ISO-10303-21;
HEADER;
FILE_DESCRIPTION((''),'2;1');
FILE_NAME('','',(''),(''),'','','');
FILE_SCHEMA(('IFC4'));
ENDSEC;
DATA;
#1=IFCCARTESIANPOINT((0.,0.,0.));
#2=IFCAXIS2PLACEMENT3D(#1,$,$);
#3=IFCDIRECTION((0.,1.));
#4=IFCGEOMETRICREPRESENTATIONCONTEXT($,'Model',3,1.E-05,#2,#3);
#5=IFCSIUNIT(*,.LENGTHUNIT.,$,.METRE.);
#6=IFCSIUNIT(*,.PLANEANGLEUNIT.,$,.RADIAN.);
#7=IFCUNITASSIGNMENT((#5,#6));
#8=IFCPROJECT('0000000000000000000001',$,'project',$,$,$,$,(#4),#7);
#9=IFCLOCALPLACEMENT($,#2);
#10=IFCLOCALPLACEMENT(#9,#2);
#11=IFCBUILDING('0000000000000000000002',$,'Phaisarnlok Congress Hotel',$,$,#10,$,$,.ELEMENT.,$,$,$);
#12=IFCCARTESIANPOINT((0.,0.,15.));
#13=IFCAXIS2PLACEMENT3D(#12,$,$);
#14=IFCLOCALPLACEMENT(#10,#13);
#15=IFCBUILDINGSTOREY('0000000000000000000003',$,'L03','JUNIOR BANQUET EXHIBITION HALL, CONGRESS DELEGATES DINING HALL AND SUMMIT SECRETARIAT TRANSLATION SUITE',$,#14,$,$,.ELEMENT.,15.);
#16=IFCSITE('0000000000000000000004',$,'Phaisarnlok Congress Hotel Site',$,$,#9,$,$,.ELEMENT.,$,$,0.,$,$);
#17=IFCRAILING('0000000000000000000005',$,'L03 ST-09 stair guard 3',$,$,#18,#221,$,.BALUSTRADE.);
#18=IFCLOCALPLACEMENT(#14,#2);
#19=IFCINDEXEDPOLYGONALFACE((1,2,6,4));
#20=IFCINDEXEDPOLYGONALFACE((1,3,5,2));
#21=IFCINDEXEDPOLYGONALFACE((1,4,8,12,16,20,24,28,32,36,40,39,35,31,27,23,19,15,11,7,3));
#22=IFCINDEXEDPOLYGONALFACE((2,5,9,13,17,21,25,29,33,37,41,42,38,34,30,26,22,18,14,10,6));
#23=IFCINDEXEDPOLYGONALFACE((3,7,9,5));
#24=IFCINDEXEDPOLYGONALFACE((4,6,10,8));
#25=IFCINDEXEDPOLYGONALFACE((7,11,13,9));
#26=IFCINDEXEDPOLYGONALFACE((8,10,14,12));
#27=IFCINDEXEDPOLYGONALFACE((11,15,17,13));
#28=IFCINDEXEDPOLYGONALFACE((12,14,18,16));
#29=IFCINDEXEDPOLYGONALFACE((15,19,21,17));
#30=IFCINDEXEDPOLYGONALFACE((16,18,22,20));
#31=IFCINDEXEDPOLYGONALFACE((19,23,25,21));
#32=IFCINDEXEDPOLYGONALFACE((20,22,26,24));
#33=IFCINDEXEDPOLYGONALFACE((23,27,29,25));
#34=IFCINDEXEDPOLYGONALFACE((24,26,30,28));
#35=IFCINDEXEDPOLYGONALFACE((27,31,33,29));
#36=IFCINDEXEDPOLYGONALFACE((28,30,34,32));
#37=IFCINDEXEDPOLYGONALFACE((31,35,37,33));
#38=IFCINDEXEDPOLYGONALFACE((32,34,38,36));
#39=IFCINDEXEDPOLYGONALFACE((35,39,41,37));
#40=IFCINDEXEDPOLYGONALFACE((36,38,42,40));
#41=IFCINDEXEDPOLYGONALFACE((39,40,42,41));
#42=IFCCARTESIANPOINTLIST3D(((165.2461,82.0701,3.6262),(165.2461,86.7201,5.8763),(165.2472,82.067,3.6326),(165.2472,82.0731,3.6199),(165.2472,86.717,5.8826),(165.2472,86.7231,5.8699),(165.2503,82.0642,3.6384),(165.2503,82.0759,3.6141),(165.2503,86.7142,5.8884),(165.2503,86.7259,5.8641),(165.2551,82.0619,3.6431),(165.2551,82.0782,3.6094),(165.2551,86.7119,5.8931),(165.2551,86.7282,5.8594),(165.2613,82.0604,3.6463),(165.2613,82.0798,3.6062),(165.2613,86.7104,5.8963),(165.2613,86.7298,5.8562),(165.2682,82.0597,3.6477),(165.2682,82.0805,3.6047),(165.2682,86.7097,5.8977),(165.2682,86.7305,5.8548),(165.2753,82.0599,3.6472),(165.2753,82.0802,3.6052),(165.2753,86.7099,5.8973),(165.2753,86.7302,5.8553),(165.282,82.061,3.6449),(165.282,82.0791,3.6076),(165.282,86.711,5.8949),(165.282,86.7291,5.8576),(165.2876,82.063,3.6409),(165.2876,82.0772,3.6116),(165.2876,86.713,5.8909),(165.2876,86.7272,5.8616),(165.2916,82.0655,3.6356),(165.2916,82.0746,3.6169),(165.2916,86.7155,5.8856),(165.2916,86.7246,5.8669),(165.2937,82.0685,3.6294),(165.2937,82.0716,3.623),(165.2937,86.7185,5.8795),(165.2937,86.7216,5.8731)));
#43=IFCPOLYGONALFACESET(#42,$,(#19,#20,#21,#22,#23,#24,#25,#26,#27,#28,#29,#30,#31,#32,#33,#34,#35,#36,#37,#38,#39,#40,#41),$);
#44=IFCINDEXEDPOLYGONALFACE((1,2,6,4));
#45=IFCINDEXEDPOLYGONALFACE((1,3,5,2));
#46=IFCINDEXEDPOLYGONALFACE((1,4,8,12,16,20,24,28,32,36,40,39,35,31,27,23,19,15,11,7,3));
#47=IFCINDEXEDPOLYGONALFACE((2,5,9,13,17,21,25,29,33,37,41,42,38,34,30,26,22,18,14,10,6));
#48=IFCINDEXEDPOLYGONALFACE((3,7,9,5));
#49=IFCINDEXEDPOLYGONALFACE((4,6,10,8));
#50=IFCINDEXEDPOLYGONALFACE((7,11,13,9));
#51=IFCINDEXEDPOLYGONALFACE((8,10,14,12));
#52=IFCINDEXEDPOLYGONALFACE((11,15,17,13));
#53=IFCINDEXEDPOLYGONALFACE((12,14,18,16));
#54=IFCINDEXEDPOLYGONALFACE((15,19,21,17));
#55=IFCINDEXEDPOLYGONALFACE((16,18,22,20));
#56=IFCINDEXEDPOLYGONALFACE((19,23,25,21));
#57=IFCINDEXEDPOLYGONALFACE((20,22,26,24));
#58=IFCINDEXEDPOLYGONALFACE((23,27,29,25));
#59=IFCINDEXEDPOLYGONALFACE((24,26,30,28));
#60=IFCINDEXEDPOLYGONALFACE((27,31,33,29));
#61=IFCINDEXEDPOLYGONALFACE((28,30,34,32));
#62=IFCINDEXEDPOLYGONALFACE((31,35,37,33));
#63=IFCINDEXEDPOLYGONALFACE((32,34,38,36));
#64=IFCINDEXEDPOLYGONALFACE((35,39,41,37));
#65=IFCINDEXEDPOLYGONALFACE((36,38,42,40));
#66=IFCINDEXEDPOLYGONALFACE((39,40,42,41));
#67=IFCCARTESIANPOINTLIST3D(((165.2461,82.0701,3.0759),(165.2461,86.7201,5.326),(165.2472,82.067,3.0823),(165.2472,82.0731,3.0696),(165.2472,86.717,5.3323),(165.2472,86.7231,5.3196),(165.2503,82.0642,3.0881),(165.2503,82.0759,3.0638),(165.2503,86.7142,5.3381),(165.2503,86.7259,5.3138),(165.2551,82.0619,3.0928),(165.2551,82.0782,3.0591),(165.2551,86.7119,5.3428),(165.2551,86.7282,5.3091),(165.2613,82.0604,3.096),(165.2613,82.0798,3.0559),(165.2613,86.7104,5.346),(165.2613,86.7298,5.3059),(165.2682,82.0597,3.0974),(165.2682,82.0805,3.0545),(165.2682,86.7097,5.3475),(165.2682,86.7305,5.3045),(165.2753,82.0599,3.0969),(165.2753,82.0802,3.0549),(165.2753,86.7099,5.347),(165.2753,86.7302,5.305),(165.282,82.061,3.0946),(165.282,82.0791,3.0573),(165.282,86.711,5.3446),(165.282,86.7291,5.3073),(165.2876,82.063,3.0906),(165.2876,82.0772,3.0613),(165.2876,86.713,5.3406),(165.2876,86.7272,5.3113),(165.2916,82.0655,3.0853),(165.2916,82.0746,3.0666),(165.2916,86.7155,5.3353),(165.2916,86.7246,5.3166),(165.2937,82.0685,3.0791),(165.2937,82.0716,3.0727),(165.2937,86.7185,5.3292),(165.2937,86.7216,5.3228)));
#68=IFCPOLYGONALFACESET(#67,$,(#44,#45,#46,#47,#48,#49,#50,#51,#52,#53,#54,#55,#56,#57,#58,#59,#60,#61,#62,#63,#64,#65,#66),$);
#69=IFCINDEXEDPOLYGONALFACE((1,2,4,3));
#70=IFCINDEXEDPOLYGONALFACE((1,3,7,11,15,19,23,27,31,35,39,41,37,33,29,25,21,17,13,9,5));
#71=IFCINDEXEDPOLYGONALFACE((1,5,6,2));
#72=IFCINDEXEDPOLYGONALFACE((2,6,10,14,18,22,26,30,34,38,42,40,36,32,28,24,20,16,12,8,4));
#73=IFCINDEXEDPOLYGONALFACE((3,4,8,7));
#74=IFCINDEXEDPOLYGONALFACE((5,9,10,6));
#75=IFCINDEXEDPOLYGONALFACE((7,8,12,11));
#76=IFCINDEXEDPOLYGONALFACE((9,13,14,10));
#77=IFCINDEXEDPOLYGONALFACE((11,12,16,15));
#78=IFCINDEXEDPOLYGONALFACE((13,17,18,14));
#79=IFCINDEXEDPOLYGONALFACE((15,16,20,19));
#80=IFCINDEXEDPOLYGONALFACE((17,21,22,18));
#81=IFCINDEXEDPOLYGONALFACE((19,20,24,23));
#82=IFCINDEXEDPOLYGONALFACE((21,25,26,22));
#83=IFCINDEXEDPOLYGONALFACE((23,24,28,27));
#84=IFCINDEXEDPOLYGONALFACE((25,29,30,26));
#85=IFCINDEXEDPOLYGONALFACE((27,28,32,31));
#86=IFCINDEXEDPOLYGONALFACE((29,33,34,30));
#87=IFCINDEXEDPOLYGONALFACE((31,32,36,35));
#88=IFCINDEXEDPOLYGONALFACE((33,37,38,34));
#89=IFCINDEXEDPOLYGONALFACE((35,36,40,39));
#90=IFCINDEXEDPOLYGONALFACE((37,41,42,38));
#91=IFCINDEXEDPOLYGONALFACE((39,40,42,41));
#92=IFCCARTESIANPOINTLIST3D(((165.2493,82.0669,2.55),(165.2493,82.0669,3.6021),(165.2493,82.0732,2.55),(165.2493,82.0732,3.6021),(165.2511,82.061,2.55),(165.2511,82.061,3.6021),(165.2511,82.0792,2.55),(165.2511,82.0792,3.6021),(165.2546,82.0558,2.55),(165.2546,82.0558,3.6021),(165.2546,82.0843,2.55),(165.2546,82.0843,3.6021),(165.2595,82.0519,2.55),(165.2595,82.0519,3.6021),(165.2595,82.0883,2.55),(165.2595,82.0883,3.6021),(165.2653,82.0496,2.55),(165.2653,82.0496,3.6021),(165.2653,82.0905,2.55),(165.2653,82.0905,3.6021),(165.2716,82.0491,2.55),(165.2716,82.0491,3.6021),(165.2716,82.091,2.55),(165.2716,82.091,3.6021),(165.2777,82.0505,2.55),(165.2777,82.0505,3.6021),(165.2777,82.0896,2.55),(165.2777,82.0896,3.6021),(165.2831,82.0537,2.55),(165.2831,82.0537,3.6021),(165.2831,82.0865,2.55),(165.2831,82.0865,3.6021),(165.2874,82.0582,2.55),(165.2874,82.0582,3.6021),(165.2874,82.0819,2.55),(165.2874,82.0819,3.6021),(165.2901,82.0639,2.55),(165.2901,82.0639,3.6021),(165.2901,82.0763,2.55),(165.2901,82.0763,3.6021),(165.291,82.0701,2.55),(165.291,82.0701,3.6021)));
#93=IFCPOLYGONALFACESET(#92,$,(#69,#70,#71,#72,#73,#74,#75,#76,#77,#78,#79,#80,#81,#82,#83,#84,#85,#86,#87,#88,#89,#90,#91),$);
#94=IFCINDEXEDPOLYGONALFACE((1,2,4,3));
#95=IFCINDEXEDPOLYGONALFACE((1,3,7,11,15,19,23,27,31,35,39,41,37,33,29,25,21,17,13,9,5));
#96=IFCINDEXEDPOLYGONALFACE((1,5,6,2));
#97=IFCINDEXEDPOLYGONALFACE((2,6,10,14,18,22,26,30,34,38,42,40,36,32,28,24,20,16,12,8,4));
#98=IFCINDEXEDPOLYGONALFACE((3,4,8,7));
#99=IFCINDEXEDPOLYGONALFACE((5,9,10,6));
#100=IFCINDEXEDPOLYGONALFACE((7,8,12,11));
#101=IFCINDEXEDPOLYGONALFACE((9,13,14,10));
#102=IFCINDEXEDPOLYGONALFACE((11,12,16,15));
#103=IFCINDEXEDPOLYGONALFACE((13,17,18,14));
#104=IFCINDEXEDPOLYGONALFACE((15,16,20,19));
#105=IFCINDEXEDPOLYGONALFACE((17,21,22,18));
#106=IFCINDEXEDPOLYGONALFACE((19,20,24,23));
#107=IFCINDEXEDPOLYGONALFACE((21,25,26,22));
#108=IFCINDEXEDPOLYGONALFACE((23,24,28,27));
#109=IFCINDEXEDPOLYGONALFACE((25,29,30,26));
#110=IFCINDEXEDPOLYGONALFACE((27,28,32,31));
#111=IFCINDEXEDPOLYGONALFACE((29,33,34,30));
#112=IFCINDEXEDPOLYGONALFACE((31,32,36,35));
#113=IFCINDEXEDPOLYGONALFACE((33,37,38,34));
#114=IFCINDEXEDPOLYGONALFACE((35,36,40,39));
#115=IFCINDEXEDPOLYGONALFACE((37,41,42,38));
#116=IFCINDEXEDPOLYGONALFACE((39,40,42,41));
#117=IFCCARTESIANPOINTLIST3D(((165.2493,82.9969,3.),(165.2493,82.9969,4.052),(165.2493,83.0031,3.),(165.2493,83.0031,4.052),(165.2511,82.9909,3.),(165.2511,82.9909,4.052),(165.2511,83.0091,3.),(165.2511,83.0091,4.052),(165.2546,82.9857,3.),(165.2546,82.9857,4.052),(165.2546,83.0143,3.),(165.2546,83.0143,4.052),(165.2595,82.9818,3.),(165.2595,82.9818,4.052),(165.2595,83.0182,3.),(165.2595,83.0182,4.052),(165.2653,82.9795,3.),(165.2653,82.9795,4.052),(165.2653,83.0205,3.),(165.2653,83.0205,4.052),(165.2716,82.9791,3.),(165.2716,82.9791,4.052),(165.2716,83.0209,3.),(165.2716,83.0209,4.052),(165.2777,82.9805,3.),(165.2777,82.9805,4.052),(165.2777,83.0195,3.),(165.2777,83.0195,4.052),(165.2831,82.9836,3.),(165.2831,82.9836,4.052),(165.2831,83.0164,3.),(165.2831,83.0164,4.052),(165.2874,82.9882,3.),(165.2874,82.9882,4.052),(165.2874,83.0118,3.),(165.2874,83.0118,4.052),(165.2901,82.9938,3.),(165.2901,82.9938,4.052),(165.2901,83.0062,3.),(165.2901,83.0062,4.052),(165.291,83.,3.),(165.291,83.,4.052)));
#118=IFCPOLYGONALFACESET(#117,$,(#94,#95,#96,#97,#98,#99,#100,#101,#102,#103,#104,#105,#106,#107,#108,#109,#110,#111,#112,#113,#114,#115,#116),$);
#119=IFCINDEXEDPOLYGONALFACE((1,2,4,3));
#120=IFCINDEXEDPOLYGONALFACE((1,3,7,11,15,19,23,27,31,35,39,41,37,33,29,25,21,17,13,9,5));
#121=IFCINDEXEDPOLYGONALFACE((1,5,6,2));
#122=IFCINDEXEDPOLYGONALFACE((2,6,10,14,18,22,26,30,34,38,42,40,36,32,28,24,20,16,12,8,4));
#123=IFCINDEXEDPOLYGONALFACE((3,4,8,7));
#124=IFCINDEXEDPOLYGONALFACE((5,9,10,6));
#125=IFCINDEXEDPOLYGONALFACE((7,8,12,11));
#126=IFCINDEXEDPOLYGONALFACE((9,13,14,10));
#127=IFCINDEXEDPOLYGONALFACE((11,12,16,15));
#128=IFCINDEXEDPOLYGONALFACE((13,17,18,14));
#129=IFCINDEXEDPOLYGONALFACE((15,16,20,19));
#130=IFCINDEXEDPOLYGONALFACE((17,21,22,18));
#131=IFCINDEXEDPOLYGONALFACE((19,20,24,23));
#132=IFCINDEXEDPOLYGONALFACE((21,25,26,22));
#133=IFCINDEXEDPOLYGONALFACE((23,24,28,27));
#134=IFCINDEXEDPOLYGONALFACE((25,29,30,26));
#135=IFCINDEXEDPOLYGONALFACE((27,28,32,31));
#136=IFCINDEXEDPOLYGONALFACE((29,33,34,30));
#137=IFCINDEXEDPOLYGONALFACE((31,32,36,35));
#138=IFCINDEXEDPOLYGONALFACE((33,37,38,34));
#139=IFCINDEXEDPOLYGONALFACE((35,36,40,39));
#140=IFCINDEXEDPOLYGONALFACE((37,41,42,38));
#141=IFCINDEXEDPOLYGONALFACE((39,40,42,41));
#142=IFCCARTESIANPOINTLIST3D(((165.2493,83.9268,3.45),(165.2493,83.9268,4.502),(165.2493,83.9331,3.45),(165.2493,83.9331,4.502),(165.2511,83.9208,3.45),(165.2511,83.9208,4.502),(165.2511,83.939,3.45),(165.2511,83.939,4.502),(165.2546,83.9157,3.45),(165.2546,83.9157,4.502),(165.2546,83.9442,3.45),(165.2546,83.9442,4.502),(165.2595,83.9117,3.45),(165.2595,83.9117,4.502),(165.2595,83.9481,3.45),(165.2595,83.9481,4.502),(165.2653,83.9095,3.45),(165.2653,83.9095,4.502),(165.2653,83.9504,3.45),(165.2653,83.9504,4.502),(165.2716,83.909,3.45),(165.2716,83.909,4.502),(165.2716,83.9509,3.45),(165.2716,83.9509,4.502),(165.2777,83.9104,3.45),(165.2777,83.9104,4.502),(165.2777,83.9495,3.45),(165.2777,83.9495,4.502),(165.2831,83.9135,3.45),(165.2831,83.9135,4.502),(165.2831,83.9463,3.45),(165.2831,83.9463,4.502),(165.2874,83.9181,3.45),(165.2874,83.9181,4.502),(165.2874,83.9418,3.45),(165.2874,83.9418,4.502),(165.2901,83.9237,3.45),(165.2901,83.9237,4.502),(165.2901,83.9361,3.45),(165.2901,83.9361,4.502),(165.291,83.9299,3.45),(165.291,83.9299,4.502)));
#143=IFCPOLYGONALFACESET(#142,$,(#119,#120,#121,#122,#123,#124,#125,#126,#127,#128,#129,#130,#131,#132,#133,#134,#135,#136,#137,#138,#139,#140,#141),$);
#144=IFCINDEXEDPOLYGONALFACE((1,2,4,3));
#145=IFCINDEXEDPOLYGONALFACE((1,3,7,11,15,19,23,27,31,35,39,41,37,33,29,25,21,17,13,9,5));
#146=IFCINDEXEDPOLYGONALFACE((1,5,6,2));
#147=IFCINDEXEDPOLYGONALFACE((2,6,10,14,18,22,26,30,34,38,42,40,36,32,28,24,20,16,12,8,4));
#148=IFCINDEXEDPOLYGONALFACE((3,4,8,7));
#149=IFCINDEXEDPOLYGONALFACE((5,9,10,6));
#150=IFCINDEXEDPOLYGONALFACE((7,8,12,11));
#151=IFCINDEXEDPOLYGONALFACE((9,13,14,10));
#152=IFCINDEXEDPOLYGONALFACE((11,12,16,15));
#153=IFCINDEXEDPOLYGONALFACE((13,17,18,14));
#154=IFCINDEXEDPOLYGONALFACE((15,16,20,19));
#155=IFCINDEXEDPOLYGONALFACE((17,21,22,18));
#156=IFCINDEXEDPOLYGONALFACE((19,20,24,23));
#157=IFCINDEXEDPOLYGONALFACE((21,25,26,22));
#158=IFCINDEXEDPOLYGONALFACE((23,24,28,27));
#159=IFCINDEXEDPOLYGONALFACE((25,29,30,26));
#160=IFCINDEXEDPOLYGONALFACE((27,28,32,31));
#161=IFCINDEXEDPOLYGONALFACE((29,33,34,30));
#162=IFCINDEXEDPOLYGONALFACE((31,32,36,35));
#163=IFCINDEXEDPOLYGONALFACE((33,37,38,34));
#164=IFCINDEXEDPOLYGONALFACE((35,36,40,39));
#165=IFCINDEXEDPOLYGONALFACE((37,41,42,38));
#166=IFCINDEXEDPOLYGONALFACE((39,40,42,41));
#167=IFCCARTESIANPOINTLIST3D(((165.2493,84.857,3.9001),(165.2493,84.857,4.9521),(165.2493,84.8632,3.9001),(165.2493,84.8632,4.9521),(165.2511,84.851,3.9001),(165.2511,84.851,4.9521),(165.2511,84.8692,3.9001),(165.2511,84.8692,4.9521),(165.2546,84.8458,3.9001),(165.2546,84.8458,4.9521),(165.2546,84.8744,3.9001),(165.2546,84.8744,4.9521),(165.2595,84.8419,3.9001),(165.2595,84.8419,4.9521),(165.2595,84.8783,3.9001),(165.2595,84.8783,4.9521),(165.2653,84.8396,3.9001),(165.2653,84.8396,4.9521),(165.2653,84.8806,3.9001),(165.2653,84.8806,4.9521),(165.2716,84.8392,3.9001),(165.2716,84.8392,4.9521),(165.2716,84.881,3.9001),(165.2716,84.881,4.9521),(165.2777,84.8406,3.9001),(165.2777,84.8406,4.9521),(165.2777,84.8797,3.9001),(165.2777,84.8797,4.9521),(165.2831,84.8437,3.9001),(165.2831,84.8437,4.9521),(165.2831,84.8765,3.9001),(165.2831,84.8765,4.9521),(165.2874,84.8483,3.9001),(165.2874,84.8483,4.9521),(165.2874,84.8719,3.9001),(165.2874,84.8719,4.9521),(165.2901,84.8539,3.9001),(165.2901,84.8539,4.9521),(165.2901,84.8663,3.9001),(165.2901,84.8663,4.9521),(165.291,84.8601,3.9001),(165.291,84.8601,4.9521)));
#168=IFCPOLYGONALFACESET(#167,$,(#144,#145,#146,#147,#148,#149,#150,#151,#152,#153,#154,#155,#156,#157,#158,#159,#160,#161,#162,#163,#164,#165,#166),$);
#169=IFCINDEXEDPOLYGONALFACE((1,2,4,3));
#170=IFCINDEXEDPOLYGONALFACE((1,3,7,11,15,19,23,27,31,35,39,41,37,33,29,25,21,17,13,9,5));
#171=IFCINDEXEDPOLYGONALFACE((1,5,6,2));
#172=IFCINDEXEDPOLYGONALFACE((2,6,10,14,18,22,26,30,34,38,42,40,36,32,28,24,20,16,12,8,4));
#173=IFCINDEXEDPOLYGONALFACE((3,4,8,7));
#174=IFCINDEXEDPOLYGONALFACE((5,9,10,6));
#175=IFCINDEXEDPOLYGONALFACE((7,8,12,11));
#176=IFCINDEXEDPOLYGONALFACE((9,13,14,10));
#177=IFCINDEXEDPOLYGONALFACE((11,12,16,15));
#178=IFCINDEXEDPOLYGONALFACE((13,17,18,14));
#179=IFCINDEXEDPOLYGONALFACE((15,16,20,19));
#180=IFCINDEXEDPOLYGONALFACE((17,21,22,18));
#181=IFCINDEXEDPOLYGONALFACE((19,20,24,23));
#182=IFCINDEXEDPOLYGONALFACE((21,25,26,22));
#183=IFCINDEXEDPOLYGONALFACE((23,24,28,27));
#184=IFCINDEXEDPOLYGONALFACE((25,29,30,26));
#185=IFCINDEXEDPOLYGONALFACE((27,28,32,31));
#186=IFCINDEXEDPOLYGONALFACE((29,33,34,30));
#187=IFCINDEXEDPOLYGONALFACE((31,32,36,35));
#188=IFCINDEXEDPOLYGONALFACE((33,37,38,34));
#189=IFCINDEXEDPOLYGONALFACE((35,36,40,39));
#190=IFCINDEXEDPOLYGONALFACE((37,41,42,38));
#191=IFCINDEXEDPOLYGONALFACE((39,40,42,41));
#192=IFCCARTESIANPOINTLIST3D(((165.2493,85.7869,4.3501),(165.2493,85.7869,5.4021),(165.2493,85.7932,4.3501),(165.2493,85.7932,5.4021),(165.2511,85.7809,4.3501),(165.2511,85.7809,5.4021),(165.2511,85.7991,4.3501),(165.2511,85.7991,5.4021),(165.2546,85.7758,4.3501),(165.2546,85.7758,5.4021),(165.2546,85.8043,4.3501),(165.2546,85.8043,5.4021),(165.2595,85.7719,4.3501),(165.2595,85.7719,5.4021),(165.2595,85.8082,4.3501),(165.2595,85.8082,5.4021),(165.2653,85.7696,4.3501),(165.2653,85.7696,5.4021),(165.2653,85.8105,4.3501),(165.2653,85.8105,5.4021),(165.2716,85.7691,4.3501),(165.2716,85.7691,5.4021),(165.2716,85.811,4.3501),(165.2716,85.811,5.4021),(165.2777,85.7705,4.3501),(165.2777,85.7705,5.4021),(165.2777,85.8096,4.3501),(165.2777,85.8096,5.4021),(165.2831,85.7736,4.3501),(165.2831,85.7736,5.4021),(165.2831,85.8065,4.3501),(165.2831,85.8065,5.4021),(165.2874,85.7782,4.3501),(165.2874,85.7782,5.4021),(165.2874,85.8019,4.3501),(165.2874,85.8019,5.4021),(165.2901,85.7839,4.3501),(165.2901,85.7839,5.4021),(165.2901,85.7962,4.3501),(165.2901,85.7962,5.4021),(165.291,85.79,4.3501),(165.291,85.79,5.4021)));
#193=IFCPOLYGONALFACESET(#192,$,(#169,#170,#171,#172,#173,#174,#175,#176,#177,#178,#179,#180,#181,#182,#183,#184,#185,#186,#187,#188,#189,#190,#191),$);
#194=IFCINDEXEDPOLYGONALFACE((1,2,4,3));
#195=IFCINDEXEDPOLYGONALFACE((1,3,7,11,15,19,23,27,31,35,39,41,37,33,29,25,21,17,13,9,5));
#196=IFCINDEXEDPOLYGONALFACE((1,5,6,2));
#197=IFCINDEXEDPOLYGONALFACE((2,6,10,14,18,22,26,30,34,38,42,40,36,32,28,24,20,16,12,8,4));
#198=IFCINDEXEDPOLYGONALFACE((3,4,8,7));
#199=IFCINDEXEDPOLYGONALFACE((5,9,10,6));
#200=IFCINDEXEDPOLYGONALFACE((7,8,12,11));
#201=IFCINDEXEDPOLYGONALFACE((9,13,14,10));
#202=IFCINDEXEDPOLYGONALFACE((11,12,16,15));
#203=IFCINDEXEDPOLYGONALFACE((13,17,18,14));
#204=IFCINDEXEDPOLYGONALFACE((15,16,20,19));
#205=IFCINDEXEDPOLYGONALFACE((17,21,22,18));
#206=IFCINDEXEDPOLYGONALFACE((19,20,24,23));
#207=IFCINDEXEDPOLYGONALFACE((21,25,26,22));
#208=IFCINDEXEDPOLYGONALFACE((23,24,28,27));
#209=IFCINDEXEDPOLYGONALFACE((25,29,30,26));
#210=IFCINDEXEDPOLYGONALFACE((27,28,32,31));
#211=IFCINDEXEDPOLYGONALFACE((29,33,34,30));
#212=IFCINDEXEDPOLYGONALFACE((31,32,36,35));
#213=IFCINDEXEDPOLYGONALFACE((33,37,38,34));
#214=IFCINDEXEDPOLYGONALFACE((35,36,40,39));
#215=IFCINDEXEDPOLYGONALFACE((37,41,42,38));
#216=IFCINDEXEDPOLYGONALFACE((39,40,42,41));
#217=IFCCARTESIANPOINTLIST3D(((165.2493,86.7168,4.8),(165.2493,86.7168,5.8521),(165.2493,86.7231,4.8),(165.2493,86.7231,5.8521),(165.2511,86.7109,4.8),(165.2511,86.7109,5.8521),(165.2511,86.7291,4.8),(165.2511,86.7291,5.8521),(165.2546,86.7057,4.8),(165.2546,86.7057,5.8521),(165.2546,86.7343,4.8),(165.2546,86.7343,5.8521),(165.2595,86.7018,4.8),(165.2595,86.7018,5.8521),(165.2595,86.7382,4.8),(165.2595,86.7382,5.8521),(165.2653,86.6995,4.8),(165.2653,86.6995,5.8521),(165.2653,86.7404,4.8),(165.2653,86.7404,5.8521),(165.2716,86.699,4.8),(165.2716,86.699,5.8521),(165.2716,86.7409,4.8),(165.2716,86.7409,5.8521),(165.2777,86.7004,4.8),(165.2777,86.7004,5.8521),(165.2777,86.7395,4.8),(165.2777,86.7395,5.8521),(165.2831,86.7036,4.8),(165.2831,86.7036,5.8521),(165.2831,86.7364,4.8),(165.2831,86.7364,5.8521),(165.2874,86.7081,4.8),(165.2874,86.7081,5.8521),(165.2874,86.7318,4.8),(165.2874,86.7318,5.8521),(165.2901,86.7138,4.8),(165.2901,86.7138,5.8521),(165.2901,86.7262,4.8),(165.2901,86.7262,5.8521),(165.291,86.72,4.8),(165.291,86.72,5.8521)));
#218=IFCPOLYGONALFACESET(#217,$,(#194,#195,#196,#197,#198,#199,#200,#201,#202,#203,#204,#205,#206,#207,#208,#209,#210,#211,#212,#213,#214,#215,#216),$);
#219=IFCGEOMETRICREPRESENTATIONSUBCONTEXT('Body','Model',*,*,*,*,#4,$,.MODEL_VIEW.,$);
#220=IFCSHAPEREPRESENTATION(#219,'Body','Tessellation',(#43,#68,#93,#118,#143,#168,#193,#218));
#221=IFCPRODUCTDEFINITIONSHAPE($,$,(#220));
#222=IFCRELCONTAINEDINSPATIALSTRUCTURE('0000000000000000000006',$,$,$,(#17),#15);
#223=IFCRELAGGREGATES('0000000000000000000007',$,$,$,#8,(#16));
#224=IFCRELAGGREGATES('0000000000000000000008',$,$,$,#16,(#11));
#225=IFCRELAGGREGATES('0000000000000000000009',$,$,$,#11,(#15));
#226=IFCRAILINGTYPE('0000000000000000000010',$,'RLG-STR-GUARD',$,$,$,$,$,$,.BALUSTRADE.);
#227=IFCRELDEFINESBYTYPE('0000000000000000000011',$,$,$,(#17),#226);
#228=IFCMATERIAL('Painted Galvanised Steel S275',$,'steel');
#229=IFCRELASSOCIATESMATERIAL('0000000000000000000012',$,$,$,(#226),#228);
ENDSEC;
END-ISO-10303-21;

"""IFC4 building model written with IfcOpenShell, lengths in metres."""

from ifc_helpers import new_model, si_unit, direction, frame, origin, origin_2d, place, context, subcontext, project, spatial, circle, extrude, material, type_object, element, save


model = new_model("IFC4")

# Units and contexts
model_context = context("Model", 3, precision=1e-05, world=origin(), true_north=direction((0.0, 1.0)))
body_context = subcontext(model_context, "Body", "Model", "MODEL_VIEW")
ifc_project = project(units=[si_unit("LENGTHUNIT", "METRE"), si_unit("PLANEANGLEUNIT", "RADIAN")], contexts=[model_context])

# Site, building, storey
site_placement = place(None, origin())
site = spatial("IfcSite", under=ifc_project, at=site_placement, Name="Phaisarnlok Congress Hotel Site", CompositionType="ELEMENT", RefElevation=0.0)
building_placement = place(site_placement, origin())
building = spatial("IfcBuilding", under=site, at=building_placement, Name="Phaisarnlok Congress Hotel", CompositionType="ELEMENT")
storey_placement = place(building_placement, frame((0.0, 0.0, 15.0)))
storey = spatial("IfcBuildingStorey", under=building, at=storey_placement, Name="L03", Description="JUNIOR BANQUET EXHIBITION HALL, CONGRESS DELEGATES DINING HALL AND SUMMIT SECRETARIAT TRANSLATION SUITE", CompositionType="ELEMENT", Elevation=15.0)

# Railing
ifc_material_1 = material(Name="Painted Galvanised Steel S275", Category="steel")
railing_type_1 = type_object("IfcRailingType", Name="RLG-STR-GUARD", PredefinedType="BALUSTRADE", material=ifc_material_1)
railing_1_placement = place(storey_placement, frame((165.27, 82.0701, 2.55)))
element("IfcRailing", 1, at=railing_1_placement, inside=storey, type_object=railing_type_1, Name="L03 ST-09 stair guard 3", PredefinedType="BALUSTRADE", context=body_context, shape_type="SweptSolid", body=[
    extrude(circle(Radius=0.0239, at=origin_2d()), frame((0.0, 0.0, 1.0762), z_axis=(0.0, 0.900156, 0.435568), x_axis=(-1.0, 0.0, 0.0)), (0.0, 0.0, 1.0), 5.1658),
    extrude(circle(Radius=0.0239, at=origin_2d()), frame((0.0, 0.0, 0.5259), z_axis=(0.0, 0.900156, 0.435568), x_axis=(-1.0, 0.0, 0.0)), (0.0, 0.0, 1.0), 5.1658),
    extrude(circle(Radius=0.021, at=origin_2d()), origin(), (0.0, 0.0, 1.0), 1.052),
    extrude(circle(Radius=0.021, at=origin_2d()), frame((0.0, 0.9299, 0.45)), (0.0, 0.0, 1.0), 1.052),
    extrude(circle(Radius=0.021, at=origin_2d()), frame((0.0, 1.8599, 0.8999)), (0.0, 0.0, 1.0), 1.052),
    extrude(circle(Radius=0.021, at=origin_2d()), frame((0.0, 2.79, 1.3501)), (0.0, 0.0, 1.0), 1.052),
    extrude(circle(Radius=0.021, at=origin_2d()), frame((0.0, 3.72, 1.8)), (0.0, 0.0, 1.0), 1.052),
    extrude(circle(Radius=0.021, at=origin_2d()), frame((0.0, 4.6499, 2.25)), (0.0, 0.0, 1.0), 1.052),
])

save(model, "model.ifc")
